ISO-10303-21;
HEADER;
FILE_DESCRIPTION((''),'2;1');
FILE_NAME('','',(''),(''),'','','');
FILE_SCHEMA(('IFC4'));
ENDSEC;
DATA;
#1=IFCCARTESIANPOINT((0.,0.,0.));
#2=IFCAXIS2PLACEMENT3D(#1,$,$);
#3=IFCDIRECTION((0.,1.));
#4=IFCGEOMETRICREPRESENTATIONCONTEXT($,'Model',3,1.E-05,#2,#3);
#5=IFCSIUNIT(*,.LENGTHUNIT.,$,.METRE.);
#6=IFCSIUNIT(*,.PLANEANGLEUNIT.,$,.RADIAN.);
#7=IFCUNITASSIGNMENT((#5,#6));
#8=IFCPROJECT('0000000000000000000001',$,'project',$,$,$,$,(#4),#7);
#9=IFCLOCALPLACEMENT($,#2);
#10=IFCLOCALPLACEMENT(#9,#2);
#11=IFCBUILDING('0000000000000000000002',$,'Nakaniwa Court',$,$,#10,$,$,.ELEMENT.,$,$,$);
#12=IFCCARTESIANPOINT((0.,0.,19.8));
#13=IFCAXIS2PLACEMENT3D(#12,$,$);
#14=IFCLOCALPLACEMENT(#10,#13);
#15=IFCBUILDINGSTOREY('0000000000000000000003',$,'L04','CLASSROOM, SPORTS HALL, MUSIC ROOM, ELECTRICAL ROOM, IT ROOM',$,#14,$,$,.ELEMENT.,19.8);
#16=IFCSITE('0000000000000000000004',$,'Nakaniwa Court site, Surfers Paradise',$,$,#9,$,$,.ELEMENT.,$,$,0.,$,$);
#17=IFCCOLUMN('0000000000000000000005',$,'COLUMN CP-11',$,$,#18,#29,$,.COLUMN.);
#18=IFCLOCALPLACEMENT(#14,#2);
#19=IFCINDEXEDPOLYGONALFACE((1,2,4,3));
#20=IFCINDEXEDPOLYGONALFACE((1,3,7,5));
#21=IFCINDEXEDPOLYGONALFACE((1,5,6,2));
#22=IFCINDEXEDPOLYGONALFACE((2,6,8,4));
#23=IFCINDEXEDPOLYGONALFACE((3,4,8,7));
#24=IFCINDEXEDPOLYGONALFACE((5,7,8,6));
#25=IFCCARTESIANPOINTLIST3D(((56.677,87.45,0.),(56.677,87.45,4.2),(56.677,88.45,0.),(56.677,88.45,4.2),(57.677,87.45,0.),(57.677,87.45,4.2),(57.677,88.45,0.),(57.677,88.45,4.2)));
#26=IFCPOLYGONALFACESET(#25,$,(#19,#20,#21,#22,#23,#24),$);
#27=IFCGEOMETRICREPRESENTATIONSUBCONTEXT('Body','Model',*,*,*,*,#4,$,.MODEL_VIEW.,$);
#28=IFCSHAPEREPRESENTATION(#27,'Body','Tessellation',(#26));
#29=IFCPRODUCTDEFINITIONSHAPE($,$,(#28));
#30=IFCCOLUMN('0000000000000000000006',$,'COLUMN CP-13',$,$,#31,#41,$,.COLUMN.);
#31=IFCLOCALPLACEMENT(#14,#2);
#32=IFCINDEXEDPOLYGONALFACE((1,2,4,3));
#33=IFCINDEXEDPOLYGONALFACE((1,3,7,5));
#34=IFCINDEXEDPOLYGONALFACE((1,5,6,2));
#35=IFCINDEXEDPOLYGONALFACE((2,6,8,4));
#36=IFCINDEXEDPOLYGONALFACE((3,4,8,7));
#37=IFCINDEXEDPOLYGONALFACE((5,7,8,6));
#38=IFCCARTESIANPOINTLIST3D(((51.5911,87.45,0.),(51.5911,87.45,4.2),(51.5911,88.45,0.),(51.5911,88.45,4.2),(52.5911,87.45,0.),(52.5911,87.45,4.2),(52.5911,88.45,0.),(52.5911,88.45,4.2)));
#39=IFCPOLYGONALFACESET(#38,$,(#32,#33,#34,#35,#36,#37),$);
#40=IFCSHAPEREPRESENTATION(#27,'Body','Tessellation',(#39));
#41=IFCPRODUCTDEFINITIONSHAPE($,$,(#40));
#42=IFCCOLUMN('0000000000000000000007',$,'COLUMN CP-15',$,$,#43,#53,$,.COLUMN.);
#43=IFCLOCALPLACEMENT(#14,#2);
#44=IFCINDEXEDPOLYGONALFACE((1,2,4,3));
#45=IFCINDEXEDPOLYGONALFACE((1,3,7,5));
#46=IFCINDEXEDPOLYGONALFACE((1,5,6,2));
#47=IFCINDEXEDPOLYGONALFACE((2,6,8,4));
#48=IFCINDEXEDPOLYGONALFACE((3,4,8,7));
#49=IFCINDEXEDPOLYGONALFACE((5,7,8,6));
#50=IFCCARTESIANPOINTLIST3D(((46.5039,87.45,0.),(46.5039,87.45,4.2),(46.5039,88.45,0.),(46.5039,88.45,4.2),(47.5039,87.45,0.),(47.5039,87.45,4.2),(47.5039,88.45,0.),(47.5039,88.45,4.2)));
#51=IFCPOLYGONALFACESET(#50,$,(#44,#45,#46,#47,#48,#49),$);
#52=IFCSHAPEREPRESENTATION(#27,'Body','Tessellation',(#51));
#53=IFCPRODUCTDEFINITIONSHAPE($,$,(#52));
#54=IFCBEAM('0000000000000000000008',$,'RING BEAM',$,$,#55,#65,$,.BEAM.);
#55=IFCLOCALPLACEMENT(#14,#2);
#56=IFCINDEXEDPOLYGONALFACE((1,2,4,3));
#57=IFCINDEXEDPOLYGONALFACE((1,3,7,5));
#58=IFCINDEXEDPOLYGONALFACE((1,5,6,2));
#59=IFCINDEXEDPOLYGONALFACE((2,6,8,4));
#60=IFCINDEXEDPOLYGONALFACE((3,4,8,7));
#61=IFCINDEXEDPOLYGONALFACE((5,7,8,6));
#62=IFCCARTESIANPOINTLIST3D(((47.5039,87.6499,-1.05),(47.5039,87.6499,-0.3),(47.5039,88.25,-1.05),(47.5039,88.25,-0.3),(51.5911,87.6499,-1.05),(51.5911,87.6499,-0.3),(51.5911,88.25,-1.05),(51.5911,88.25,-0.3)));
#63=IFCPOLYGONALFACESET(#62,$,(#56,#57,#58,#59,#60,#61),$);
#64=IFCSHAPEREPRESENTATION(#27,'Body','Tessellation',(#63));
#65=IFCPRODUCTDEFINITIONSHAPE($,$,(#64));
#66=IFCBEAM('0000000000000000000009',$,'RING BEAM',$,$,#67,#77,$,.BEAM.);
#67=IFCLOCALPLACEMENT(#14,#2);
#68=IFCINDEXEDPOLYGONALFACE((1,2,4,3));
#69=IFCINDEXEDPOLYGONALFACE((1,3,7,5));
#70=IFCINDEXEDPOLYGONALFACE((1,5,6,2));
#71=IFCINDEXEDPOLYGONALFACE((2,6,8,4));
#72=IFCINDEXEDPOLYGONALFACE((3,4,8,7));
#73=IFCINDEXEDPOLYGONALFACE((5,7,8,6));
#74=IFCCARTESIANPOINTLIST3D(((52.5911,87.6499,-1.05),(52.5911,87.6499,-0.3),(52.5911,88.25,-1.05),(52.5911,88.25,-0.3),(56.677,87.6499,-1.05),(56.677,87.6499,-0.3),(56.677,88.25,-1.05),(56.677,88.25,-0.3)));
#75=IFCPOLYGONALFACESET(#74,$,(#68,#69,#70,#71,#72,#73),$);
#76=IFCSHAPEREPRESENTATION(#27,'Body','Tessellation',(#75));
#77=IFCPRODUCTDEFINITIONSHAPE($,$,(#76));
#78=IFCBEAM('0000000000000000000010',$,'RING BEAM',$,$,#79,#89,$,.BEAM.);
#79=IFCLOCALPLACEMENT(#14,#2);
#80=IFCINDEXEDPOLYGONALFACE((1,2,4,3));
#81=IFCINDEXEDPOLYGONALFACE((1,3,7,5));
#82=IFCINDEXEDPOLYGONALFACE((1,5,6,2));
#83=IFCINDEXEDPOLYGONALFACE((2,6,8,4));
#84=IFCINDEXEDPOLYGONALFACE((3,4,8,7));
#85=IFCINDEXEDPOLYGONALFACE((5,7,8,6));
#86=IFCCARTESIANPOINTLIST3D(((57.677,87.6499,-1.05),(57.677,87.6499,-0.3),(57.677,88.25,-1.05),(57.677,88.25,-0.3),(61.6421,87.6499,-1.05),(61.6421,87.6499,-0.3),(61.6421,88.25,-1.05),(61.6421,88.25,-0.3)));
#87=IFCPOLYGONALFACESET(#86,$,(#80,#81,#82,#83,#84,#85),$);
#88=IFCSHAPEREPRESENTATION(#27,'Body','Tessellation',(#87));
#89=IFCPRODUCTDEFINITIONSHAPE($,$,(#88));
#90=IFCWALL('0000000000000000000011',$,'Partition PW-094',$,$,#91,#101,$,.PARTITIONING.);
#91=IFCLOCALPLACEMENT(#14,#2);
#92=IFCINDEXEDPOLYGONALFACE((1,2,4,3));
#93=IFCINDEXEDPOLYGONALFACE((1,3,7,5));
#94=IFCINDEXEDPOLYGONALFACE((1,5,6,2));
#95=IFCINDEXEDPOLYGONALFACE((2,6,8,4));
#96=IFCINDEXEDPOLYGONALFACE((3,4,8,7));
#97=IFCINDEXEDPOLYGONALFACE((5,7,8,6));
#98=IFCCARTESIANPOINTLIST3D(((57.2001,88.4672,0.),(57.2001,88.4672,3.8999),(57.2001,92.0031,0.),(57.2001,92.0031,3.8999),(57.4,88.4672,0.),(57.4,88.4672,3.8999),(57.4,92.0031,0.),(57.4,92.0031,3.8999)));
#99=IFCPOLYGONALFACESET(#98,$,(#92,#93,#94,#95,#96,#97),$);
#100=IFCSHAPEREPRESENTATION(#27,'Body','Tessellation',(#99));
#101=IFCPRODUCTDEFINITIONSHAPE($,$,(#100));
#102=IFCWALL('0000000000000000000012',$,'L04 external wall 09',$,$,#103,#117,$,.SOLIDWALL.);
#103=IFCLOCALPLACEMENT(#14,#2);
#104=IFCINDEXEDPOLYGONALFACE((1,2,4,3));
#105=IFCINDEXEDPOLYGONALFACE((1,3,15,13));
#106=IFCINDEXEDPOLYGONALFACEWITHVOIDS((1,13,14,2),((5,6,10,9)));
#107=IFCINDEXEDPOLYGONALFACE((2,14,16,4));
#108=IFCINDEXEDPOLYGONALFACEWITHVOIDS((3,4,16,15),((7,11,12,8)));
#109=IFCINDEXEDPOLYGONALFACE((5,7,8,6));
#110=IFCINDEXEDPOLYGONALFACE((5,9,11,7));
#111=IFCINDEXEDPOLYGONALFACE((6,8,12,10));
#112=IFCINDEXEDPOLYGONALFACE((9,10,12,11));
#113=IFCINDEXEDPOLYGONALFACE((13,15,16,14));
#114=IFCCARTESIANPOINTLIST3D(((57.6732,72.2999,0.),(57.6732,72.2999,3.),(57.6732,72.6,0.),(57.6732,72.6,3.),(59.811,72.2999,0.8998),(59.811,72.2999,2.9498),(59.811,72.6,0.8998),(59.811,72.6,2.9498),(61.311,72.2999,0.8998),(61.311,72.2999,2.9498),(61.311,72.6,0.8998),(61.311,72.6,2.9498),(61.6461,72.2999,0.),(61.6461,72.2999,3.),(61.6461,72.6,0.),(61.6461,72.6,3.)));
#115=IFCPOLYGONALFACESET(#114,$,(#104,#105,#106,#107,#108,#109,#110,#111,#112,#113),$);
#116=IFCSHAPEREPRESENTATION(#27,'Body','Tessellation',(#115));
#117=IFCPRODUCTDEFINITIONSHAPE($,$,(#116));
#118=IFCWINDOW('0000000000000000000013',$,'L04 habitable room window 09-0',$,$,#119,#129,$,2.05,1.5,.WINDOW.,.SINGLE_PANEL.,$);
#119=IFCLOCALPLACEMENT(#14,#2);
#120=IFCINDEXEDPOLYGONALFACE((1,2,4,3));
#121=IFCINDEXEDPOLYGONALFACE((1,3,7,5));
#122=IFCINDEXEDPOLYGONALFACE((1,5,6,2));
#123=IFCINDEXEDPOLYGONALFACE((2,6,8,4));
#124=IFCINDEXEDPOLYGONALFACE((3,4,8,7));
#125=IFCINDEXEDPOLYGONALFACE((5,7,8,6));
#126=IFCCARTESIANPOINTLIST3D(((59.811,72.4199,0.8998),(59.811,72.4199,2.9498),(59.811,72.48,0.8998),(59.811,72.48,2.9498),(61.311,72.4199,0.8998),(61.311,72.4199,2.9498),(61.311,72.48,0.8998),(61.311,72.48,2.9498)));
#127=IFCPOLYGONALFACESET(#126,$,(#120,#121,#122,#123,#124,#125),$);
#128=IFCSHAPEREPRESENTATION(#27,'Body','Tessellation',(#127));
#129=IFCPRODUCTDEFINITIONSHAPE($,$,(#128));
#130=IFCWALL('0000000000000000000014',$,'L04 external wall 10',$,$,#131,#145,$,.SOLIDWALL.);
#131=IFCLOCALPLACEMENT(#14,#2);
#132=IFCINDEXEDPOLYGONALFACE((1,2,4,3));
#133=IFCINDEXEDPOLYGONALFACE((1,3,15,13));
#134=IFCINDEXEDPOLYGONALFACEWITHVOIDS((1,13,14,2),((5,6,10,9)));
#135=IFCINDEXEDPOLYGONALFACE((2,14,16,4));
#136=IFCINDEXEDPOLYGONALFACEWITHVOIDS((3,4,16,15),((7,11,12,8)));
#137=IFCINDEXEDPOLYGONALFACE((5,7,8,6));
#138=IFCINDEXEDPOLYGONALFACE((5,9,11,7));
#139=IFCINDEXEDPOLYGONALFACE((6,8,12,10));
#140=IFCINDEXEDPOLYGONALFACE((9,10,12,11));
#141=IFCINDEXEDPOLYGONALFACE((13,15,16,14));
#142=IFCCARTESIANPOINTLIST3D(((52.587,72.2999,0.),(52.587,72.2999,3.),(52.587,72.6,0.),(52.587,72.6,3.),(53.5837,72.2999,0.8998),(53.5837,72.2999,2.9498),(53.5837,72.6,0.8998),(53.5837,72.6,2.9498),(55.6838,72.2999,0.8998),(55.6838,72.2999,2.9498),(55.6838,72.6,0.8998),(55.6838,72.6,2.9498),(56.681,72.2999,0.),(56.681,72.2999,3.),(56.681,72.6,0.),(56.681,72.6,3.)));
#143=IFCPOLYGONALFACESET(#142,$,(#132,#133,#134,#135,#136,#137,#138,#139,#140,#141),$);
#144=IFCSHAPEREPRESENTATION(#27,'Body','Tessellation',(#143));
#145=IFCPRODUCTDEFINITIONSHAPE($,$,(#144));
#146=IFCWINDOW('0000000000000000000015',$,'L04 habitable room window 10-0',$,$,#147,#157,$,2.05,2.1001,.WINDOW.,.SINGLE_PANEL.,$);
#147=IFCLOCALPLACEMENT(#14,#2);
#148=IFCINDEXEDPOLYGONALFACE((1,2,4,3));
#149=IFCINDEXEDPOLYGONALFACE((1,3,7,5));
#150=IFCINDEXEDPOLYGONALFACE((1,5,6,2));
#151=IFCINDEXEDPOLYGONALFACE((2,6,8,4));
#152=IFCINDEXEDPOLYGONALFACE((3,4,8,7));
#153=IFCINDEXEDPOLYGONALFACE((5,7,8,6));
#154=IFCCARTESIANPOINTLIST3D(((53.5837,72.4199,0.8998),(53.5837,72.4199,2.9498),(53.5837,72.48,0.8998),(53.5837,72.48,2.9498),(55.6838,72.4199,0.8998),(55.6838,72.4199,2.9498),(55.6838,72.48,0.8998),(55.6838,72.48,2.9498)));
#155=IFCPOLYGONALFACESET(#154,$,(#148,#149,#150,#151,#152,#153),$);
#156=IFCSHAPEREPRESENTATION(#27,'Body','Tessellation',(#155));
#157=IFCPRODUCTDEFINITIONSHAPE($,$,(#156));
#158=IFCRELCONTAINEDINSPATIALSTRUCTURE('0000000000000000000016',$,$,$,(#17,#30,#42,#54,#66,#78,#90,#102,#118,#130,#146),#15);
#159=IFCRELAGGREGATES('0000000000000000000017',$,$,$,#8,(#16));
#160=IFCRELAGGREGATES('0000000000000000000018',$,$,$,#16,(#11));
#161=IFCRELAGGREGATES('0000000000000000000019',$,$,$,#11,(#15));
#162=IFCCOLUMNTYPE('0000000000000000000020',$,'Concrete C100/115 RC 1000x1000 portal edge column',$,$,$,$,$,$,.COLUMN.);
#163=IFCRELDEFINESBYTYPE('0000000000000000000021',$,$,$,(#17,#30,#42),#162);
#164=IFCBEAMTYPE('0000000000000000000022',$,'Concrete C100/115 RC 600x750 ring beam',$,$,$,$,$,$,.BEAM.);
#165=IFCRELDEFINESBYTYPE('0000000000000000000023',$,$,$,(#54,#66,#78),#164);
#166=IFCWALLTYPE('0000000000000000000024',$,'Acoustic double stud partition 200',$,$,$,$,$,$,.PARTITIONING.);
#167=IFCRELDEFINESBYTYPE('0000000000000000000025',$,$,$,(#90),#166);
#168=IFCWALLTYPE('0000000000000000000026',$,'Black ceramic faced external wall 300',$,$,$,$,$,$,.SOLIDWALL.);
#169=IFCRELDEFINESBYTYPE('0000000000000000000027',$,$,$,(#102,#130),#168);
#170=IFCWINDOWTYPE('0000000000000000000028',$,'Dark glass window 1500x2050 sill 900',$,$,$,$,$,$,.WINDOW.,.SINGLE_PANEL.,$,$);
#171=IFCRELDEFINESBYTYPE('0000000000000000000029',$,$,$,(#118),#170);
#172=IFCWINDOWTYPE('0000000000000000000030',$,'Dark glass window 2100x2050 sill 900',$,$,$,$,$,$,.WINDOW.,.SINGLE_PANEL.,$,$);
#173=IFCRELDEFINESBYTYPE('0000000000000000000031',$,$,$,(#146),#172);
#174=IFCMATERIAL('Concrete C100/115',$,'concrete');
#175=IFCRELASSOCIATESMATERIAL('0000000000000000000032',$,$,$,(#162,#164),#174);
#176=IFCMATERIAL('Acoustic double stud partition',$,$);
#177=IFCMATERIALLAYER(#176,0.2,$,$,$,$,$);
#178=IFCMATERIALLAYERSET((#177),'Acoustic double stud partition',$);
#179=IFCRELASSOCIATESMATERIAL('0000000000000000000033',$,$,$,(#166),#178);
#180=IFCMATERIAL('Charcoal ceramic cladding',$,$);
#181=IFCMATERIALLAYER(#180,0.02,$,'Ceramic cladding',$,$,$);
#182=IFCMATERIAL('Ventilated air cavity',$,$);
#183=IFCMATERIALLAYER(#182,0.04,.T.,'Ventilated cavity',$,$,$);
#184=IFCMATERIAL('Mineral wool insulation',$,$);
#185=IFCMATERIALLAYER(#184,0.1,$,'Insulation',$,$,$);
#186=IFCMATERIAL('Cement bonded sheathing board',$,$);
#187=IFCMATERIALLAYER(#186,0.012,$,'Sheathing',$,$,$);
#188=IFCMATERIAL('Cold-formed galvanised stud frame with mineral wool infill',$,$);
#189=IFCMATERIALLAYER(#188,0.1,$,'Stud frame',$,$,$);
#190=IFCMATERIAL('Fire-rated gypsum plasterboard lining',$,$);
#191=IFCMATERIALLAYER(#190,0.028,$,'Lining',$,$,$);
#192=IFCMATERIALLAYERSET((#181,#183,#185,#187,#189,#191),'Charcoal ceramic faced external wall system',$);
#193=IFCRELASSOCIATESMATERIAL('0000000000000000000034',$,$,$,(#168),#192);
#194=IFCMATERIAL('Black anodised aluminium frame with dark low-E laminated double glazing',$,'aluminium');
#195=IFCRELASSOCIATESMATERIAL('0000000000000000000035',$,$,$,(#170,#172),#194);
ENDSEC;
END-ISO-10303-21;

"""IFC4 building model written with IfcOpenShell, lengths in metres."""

from ifc_helpers import new_model, si_unit, direction, frame, frame_2d, origin, origin_2d, place, context, subcontext, project, spatial, rectangle, extrude, material, layer, layer_set, material_profile, profile_set, type_object, element, fill, save


model = new_model("IFC4")

# Units and contexts
model_context = context("Model", 3, precision=1e-05, world=origin(), true_north=direction((0.0, 1.0)))
body_context = subcontext(model_context, "Body", "Model", "MODEL_VIEW")
ifc_project = project(units=[si_unit("LENGTHUNIT", "METRE"), si_unit("PLANEANGLEUNIT", "RADIAN")], contexts=[model_context])

# Site, building, storey
site_placement = place(None, origin())
site = spatial("IfcSite", under=ifc_project, at=site_placement, Name="Nakaniwa Court site, Surfers Paradise", CompositionType="ELEMENT", RefElevation=0.0)
building_placement = place(site_placement, origin())
building = spatial("IfcBuilding", under=site, at=building_placement, Name="Nakaniwa Court", CompositionType="ELEMENT")
storey_placement = place(building_placement, frame((0.0, 0.0, 19.8)))
storey = spatial("IfcBuildingStorey", under=building, at=storey_placement, Name="L04", Description="CLASSROOM, SPORTS HALL, MUSIC ROOM, ELECTRICAL ROOM, IT ROOM", CompositionType="ELEMENT", Elevation=19.8)

# Columns
ifc_material_1 = material(Name="Concrete C100/115", Category="concrete")
ifc_material_profile_1 = material_profile(ifc_material_1, rectangle(XDim=1.0, YDim=1.0, at=origin_2d()), Name="Concrete C100/115 RC 1000x1000 portal edge column")
ifc_profile_set_1 = profile_set([ifc_material_profile_1], Name="Concrete C100/115")
column_type = type_object("IfcColumnType", Name="Concrete C100/115 RC 1000x1000 portal edge column", PredefinedType="COLUMN", material=ifc_profile_set_1)
for number, where, z_axis, x_axis, name in (
    (1, (57.177, 87.95, 0.0), (0.0, 0.0, 1.0), (1.0, 0.0, 0.0), "COLUMN CP-11"),
    (2, (52.0911, 87.95, 0.0), (0.0, 0.0, 1.0), (1.0, 0.0, 0.0), "COLUMN CP-13"),
    (3, (47.0039, 87.95, 0.0), (0.0, 0.0, 1.0), (1.0, 0.0, 0.0), "COLUMN CP-15"),
):
    element("IfcColumn", number, at=place(storey_placement, frame(where, z_axis=z_axis, x_axis=x_axis)), inside=storey, type_object=column_type, Name=name, PredefinedType="COLUMN", context=body_context, shape_type="SweptSolid", body=[
        extrude(rectangle(XDim=1.0, YDim=1.0, at=origin_2d()), origin(), (0.0, 0.0, 1.0), 4.2),
    ])

# Beams
ifc_material_profile_2 = material_profile(ifc_material_1, rectangle(XDim=0.6001, YDim=0.75, at=origin_2d()), Name="Concrete C100/115 RC 600x750 ring beam")
ifc_profile_set_2 = profile_set([ifc_material_profile_2], Name="Concrete C100/115")
beam_type = type_object("IfcBeamType", Name="Concrete C100/115 RC 600x750 ring beam", PredefinedType="BEAM", material=ifc_profile_set_2)
beam_1_placement = place(storey_placement, frame((47.5039, 87.95, -0.675), z_axis=(1.0, 0.0, 0.0), x_axis=(0.0, 1.0, 0.0)))
element("IfcBeam", 4, at=beam_1_placement, inside=storey, type_object=beam_type, Name="RING BEAM", PredefinedType="BEAM", context=body_context, shape_type="SweptSolid", body=[
    extrude(rectangle(XDim=0.6001, YDim=0.75, at=origin_2d()), origin(), (0.0, 0.0, 1.0), 4.0872),
])
beam_2_placement = place(storey_placement, frame((52.5911, 87.95, -0.675), z_axis=(1.0, 0.0, 0.0), x_axis=(0.0, 1.0, 0.0)))
element("IfcBeam", 5, at=beam_2_placement, inside=storey, type_object=beam_type, Name="RING BEAM", PredefinedType="BEAM", context=body_context, shape_type="SweptSolid", body=[
    extrude(rectangle(XDim=0.6001, YDim=0.75, at=origin_2d()), origin(), (0.0, 0.0, 1.0), 4.0859),
])
beam_3_placement = place(storey_placement, frame((57.677, 87.95, -0.675), z_axis=(1.0, 0.0, 0.0), x_axis=(0.0, 1.0, 0.0)))
element("IfcBeam", 6, at=beam_3_placement, inside=storey, type_object=beam_type, Name="RING BEAM", PredefinedType="BEAM", context=body_context, shape_type="SweptSolid", body=[
    extrude(rectangle(XDim=0.6001, YDim=0.75, at=origin_2d()), origin(), (0.0, 0.0, 1.0), 3.9651),
])

# Wall
ifc_material_2 = material(Name="Acoustic double stud partition")
ifc_layer_1 = layer(ifc_material_2, 0.2)
ifc_layer_set_1 = layer_set([ifc_layer_1], Name="Acoustic double stud partition")
wall_type_1 = type_object("IfcWallType", Name="Acoustic double stud partition 200", PredefinedType="PARTITIONING", material=ifc_layer_set_1)
wall_1_placement = place(storey_placement, frame((57.3, 88.467, 0.0), z_axis=(0.0, 0.0, 1.0), x_axis=(0.0, 1.0, 0.0)))
element("IfcWall", 7, at=wall_1_placement, inside=storey, type_object=wall_type_1, Name="Partition PW-094", PredefinedType="PARTITIONING", context=body_context, shape_type="SweptSolid", body=[
    extrude(rectangle(XDim=3.5359, YDim=0.2, at=frame_2d((1.7681, 0.0))), origin(), (0.0, 0.0, 1.0), 3.8999),
])

# Walls, openings, windows
ifc_material_3 = material(Name="Charcoal ceramic cladding")
ifc_layer_2 = layer(ifc_material_3, 0.02, Name="Ceramic cladding")
ifc_material_4 = material(Name="Ventilated air cavity")
ifc_layer_3 = layer(ifc_material_4, 0.04, ventilated=True, Name="Ventilated cavity")
ifc_material_5 = material(Name="Mineral wool insulation")
ifc_layer_4 = layer(ifc_material_5, 0.1, Name="Insulation")
ifc_material_6 = material(Name="Cement bonded sheathing board")
ifc_layer_5 = layer(ifc_material_6, 0.012, Name="Sheathing")
ifc_material_7 = material(Name="Cold-formed galvanised stud frame with mineral wool infill")
ifc_layer_6 = layer(ifc_material_7, 0.1, Name="Stud frame")
ifc_material_8 = material(Name="Fire-rated gypsum plasterboard lining")
ifc_layer_7 = layer(ifc_material_8, 0.028, Name="Lining")
ifc_layer_set_2 = layer_set([ifc_layer_2, ifc_layer_3, ifc_layer_4, ifc_layer_5, ifc_layer_6, ifc_layer_7], Name="Charcoal ceramic faced external wall system")
wall_type_2 = type_object("IfcWallType", Name="Black ceramic faced external wall 300", PredefinedType="SOLIDWALL", material=ifc_layer_set_2)
wall_2_placement = place(storey_placement, frame((61.646, 72.45, 0.0), z_axis=(0.0, 0.0, 1.0), x_axis=(-1.0, 0.0, 0.0)))
wall_2 = element("IfcWall", 8, at=wall_2_placement, inside=storey, type_object=wall_type_2, Name="L04 external wall 09", PredefinedType="SOLIDWALL", context=body_context, shape_type="SweptSolid", body=[
    extrude(rectangle(XDim=3.9729, YDim=0.3, at=frame_2d((1.9863, 0.0))), origin(), (0.0, 0.0, 1.0), 3.0),
])
opening_1_placement = place(wall_2_placement, frame((0.335, 0.0, 0.8999)))
opening_1 = element("IfcOpeningElement", 9, at=opening_1_placement, cuts=wall_2, PredefinedType="OPENING", context=body_context, shape_type="SweptSolid", body=[
    extrude(rectangle(XDim=1.5, YDim=2.05, at=frame_2d((0.75, 1.0249))), frame((0.0, 0.1599, 0.0), z_axis=(0.0, -1.0, 0.0), x_axis=(1.0, 0.0, 0.0)), (0.0, 0.0, 1.0), 0.3201),
])
ifc_material_9 = material(Name="Black anodised aluminium frame with dark low-E laminated double glazing", Category="aluminium")
window_type_1 = type_object("IfcWindowType", Name="Dark glass window 1500x2050 sill 900", PartitioningType="SINGLE_PANEL", PredefinedType="WINDOW", material=ifc_material_9)
window_1_placement = place(opening_1_placement, origin())
window_1 = element("IfcWindow", 10, at=window_1_placement, inside=storey, type_object=window_type_1, Name="L04 habitable room window 09-0", OverallHeight=2.05, OverallWidth=1.5, PartitioningType="SINGLE_PANEL", PredefinedType="WINDOW", context=body_context, shape_type="SweptSolid", body=[
    extrude(rectangle(XDim=1.5, YDim=2.05, at=frame_2d((0.75, 1.0249))), frame((0.0, 0.03, 0.0), z_axis=(0.0, -1.0, 0.0), x_axis=(1.0, 0.0, 0.0)), (0.0, 0.0, 1.0), 0.0601),
])
fill(opening_1, window_1)
wall_3_placement = place(storey_placement, frame((56.6809, 72.45, 0.0), z_axis=(0.0, 0.0, 1.0), x_axis=(-1.0, 0.0, 0.0)))
wall_3 = element("IfcWall", 11, at=wall_3_placement, inside=storey, type_object=wall_type_2, Name="L04 external wall 10", PredefinedType="SOLIDWALL", context=body_context, shape_type="SweptSolid", body=[
    extrude(rectangle(XDim=4.094, YDim=0.3, at=frame_2d((2.0469, 0.0))), origin(), (0.0, 0.0, 1.0), 3.0),
])
opening_2_placement = place(wall_3_placement, frame((0.9971, 0.0, 0.8999)))
opening_2 = element("IfcOpeningElement", 12, at=opening_2_placement, cuts=wall_3, PredefinedType="OPENING", context=body_context, shape_type="SweptSolid", body=[
    extrude(rectangle(XDim=2.1001, YDim=2.05, at=frame_2d((1.05, 1.0249))), frame((0.0, 0.1599, 0.0), z_axis=(0.0, -1.0, 0.0), x_axis=(1.0, 0.0, 0.0)), (0.0, 0.0, 1.0), 0.3201),
])
window_type_2 = type_object("IfcWindowType", Name="Dark glass window 2100x2050 sill 900", PartitioningType="SINGLE_PANEL", PredefinedType="WINDOW", material=ifc_material_9)
window_2_placement = place(opening_2_placement, origin())
window_2 = element("IfcWindow", 13, at=window_2_placement, inside=storey, type_object=window_type_2, Name="L04 habitable room window 10-0", OverallHeight=2.05, OverallWidth=2.1001, PartitioningType="SINGLE_PANEL", PredefinedType="WINDOW", context=body_context, shape_type="SweptSolid", body=[
    extrude(rectangle(XDim=2.1001, YDim=2.05, at=frame_2d((1.05, 1.0249))), frame((0.0, 0.03, 0.0), z_axis=(0.0, -1.0, 0.0), x_axis=(1.0, 0.0, 0.0)), (0.0, 0.0, 1.0), 0.0601),
])
fill(opening_2, window_2)

save(model, "model.ifc")
